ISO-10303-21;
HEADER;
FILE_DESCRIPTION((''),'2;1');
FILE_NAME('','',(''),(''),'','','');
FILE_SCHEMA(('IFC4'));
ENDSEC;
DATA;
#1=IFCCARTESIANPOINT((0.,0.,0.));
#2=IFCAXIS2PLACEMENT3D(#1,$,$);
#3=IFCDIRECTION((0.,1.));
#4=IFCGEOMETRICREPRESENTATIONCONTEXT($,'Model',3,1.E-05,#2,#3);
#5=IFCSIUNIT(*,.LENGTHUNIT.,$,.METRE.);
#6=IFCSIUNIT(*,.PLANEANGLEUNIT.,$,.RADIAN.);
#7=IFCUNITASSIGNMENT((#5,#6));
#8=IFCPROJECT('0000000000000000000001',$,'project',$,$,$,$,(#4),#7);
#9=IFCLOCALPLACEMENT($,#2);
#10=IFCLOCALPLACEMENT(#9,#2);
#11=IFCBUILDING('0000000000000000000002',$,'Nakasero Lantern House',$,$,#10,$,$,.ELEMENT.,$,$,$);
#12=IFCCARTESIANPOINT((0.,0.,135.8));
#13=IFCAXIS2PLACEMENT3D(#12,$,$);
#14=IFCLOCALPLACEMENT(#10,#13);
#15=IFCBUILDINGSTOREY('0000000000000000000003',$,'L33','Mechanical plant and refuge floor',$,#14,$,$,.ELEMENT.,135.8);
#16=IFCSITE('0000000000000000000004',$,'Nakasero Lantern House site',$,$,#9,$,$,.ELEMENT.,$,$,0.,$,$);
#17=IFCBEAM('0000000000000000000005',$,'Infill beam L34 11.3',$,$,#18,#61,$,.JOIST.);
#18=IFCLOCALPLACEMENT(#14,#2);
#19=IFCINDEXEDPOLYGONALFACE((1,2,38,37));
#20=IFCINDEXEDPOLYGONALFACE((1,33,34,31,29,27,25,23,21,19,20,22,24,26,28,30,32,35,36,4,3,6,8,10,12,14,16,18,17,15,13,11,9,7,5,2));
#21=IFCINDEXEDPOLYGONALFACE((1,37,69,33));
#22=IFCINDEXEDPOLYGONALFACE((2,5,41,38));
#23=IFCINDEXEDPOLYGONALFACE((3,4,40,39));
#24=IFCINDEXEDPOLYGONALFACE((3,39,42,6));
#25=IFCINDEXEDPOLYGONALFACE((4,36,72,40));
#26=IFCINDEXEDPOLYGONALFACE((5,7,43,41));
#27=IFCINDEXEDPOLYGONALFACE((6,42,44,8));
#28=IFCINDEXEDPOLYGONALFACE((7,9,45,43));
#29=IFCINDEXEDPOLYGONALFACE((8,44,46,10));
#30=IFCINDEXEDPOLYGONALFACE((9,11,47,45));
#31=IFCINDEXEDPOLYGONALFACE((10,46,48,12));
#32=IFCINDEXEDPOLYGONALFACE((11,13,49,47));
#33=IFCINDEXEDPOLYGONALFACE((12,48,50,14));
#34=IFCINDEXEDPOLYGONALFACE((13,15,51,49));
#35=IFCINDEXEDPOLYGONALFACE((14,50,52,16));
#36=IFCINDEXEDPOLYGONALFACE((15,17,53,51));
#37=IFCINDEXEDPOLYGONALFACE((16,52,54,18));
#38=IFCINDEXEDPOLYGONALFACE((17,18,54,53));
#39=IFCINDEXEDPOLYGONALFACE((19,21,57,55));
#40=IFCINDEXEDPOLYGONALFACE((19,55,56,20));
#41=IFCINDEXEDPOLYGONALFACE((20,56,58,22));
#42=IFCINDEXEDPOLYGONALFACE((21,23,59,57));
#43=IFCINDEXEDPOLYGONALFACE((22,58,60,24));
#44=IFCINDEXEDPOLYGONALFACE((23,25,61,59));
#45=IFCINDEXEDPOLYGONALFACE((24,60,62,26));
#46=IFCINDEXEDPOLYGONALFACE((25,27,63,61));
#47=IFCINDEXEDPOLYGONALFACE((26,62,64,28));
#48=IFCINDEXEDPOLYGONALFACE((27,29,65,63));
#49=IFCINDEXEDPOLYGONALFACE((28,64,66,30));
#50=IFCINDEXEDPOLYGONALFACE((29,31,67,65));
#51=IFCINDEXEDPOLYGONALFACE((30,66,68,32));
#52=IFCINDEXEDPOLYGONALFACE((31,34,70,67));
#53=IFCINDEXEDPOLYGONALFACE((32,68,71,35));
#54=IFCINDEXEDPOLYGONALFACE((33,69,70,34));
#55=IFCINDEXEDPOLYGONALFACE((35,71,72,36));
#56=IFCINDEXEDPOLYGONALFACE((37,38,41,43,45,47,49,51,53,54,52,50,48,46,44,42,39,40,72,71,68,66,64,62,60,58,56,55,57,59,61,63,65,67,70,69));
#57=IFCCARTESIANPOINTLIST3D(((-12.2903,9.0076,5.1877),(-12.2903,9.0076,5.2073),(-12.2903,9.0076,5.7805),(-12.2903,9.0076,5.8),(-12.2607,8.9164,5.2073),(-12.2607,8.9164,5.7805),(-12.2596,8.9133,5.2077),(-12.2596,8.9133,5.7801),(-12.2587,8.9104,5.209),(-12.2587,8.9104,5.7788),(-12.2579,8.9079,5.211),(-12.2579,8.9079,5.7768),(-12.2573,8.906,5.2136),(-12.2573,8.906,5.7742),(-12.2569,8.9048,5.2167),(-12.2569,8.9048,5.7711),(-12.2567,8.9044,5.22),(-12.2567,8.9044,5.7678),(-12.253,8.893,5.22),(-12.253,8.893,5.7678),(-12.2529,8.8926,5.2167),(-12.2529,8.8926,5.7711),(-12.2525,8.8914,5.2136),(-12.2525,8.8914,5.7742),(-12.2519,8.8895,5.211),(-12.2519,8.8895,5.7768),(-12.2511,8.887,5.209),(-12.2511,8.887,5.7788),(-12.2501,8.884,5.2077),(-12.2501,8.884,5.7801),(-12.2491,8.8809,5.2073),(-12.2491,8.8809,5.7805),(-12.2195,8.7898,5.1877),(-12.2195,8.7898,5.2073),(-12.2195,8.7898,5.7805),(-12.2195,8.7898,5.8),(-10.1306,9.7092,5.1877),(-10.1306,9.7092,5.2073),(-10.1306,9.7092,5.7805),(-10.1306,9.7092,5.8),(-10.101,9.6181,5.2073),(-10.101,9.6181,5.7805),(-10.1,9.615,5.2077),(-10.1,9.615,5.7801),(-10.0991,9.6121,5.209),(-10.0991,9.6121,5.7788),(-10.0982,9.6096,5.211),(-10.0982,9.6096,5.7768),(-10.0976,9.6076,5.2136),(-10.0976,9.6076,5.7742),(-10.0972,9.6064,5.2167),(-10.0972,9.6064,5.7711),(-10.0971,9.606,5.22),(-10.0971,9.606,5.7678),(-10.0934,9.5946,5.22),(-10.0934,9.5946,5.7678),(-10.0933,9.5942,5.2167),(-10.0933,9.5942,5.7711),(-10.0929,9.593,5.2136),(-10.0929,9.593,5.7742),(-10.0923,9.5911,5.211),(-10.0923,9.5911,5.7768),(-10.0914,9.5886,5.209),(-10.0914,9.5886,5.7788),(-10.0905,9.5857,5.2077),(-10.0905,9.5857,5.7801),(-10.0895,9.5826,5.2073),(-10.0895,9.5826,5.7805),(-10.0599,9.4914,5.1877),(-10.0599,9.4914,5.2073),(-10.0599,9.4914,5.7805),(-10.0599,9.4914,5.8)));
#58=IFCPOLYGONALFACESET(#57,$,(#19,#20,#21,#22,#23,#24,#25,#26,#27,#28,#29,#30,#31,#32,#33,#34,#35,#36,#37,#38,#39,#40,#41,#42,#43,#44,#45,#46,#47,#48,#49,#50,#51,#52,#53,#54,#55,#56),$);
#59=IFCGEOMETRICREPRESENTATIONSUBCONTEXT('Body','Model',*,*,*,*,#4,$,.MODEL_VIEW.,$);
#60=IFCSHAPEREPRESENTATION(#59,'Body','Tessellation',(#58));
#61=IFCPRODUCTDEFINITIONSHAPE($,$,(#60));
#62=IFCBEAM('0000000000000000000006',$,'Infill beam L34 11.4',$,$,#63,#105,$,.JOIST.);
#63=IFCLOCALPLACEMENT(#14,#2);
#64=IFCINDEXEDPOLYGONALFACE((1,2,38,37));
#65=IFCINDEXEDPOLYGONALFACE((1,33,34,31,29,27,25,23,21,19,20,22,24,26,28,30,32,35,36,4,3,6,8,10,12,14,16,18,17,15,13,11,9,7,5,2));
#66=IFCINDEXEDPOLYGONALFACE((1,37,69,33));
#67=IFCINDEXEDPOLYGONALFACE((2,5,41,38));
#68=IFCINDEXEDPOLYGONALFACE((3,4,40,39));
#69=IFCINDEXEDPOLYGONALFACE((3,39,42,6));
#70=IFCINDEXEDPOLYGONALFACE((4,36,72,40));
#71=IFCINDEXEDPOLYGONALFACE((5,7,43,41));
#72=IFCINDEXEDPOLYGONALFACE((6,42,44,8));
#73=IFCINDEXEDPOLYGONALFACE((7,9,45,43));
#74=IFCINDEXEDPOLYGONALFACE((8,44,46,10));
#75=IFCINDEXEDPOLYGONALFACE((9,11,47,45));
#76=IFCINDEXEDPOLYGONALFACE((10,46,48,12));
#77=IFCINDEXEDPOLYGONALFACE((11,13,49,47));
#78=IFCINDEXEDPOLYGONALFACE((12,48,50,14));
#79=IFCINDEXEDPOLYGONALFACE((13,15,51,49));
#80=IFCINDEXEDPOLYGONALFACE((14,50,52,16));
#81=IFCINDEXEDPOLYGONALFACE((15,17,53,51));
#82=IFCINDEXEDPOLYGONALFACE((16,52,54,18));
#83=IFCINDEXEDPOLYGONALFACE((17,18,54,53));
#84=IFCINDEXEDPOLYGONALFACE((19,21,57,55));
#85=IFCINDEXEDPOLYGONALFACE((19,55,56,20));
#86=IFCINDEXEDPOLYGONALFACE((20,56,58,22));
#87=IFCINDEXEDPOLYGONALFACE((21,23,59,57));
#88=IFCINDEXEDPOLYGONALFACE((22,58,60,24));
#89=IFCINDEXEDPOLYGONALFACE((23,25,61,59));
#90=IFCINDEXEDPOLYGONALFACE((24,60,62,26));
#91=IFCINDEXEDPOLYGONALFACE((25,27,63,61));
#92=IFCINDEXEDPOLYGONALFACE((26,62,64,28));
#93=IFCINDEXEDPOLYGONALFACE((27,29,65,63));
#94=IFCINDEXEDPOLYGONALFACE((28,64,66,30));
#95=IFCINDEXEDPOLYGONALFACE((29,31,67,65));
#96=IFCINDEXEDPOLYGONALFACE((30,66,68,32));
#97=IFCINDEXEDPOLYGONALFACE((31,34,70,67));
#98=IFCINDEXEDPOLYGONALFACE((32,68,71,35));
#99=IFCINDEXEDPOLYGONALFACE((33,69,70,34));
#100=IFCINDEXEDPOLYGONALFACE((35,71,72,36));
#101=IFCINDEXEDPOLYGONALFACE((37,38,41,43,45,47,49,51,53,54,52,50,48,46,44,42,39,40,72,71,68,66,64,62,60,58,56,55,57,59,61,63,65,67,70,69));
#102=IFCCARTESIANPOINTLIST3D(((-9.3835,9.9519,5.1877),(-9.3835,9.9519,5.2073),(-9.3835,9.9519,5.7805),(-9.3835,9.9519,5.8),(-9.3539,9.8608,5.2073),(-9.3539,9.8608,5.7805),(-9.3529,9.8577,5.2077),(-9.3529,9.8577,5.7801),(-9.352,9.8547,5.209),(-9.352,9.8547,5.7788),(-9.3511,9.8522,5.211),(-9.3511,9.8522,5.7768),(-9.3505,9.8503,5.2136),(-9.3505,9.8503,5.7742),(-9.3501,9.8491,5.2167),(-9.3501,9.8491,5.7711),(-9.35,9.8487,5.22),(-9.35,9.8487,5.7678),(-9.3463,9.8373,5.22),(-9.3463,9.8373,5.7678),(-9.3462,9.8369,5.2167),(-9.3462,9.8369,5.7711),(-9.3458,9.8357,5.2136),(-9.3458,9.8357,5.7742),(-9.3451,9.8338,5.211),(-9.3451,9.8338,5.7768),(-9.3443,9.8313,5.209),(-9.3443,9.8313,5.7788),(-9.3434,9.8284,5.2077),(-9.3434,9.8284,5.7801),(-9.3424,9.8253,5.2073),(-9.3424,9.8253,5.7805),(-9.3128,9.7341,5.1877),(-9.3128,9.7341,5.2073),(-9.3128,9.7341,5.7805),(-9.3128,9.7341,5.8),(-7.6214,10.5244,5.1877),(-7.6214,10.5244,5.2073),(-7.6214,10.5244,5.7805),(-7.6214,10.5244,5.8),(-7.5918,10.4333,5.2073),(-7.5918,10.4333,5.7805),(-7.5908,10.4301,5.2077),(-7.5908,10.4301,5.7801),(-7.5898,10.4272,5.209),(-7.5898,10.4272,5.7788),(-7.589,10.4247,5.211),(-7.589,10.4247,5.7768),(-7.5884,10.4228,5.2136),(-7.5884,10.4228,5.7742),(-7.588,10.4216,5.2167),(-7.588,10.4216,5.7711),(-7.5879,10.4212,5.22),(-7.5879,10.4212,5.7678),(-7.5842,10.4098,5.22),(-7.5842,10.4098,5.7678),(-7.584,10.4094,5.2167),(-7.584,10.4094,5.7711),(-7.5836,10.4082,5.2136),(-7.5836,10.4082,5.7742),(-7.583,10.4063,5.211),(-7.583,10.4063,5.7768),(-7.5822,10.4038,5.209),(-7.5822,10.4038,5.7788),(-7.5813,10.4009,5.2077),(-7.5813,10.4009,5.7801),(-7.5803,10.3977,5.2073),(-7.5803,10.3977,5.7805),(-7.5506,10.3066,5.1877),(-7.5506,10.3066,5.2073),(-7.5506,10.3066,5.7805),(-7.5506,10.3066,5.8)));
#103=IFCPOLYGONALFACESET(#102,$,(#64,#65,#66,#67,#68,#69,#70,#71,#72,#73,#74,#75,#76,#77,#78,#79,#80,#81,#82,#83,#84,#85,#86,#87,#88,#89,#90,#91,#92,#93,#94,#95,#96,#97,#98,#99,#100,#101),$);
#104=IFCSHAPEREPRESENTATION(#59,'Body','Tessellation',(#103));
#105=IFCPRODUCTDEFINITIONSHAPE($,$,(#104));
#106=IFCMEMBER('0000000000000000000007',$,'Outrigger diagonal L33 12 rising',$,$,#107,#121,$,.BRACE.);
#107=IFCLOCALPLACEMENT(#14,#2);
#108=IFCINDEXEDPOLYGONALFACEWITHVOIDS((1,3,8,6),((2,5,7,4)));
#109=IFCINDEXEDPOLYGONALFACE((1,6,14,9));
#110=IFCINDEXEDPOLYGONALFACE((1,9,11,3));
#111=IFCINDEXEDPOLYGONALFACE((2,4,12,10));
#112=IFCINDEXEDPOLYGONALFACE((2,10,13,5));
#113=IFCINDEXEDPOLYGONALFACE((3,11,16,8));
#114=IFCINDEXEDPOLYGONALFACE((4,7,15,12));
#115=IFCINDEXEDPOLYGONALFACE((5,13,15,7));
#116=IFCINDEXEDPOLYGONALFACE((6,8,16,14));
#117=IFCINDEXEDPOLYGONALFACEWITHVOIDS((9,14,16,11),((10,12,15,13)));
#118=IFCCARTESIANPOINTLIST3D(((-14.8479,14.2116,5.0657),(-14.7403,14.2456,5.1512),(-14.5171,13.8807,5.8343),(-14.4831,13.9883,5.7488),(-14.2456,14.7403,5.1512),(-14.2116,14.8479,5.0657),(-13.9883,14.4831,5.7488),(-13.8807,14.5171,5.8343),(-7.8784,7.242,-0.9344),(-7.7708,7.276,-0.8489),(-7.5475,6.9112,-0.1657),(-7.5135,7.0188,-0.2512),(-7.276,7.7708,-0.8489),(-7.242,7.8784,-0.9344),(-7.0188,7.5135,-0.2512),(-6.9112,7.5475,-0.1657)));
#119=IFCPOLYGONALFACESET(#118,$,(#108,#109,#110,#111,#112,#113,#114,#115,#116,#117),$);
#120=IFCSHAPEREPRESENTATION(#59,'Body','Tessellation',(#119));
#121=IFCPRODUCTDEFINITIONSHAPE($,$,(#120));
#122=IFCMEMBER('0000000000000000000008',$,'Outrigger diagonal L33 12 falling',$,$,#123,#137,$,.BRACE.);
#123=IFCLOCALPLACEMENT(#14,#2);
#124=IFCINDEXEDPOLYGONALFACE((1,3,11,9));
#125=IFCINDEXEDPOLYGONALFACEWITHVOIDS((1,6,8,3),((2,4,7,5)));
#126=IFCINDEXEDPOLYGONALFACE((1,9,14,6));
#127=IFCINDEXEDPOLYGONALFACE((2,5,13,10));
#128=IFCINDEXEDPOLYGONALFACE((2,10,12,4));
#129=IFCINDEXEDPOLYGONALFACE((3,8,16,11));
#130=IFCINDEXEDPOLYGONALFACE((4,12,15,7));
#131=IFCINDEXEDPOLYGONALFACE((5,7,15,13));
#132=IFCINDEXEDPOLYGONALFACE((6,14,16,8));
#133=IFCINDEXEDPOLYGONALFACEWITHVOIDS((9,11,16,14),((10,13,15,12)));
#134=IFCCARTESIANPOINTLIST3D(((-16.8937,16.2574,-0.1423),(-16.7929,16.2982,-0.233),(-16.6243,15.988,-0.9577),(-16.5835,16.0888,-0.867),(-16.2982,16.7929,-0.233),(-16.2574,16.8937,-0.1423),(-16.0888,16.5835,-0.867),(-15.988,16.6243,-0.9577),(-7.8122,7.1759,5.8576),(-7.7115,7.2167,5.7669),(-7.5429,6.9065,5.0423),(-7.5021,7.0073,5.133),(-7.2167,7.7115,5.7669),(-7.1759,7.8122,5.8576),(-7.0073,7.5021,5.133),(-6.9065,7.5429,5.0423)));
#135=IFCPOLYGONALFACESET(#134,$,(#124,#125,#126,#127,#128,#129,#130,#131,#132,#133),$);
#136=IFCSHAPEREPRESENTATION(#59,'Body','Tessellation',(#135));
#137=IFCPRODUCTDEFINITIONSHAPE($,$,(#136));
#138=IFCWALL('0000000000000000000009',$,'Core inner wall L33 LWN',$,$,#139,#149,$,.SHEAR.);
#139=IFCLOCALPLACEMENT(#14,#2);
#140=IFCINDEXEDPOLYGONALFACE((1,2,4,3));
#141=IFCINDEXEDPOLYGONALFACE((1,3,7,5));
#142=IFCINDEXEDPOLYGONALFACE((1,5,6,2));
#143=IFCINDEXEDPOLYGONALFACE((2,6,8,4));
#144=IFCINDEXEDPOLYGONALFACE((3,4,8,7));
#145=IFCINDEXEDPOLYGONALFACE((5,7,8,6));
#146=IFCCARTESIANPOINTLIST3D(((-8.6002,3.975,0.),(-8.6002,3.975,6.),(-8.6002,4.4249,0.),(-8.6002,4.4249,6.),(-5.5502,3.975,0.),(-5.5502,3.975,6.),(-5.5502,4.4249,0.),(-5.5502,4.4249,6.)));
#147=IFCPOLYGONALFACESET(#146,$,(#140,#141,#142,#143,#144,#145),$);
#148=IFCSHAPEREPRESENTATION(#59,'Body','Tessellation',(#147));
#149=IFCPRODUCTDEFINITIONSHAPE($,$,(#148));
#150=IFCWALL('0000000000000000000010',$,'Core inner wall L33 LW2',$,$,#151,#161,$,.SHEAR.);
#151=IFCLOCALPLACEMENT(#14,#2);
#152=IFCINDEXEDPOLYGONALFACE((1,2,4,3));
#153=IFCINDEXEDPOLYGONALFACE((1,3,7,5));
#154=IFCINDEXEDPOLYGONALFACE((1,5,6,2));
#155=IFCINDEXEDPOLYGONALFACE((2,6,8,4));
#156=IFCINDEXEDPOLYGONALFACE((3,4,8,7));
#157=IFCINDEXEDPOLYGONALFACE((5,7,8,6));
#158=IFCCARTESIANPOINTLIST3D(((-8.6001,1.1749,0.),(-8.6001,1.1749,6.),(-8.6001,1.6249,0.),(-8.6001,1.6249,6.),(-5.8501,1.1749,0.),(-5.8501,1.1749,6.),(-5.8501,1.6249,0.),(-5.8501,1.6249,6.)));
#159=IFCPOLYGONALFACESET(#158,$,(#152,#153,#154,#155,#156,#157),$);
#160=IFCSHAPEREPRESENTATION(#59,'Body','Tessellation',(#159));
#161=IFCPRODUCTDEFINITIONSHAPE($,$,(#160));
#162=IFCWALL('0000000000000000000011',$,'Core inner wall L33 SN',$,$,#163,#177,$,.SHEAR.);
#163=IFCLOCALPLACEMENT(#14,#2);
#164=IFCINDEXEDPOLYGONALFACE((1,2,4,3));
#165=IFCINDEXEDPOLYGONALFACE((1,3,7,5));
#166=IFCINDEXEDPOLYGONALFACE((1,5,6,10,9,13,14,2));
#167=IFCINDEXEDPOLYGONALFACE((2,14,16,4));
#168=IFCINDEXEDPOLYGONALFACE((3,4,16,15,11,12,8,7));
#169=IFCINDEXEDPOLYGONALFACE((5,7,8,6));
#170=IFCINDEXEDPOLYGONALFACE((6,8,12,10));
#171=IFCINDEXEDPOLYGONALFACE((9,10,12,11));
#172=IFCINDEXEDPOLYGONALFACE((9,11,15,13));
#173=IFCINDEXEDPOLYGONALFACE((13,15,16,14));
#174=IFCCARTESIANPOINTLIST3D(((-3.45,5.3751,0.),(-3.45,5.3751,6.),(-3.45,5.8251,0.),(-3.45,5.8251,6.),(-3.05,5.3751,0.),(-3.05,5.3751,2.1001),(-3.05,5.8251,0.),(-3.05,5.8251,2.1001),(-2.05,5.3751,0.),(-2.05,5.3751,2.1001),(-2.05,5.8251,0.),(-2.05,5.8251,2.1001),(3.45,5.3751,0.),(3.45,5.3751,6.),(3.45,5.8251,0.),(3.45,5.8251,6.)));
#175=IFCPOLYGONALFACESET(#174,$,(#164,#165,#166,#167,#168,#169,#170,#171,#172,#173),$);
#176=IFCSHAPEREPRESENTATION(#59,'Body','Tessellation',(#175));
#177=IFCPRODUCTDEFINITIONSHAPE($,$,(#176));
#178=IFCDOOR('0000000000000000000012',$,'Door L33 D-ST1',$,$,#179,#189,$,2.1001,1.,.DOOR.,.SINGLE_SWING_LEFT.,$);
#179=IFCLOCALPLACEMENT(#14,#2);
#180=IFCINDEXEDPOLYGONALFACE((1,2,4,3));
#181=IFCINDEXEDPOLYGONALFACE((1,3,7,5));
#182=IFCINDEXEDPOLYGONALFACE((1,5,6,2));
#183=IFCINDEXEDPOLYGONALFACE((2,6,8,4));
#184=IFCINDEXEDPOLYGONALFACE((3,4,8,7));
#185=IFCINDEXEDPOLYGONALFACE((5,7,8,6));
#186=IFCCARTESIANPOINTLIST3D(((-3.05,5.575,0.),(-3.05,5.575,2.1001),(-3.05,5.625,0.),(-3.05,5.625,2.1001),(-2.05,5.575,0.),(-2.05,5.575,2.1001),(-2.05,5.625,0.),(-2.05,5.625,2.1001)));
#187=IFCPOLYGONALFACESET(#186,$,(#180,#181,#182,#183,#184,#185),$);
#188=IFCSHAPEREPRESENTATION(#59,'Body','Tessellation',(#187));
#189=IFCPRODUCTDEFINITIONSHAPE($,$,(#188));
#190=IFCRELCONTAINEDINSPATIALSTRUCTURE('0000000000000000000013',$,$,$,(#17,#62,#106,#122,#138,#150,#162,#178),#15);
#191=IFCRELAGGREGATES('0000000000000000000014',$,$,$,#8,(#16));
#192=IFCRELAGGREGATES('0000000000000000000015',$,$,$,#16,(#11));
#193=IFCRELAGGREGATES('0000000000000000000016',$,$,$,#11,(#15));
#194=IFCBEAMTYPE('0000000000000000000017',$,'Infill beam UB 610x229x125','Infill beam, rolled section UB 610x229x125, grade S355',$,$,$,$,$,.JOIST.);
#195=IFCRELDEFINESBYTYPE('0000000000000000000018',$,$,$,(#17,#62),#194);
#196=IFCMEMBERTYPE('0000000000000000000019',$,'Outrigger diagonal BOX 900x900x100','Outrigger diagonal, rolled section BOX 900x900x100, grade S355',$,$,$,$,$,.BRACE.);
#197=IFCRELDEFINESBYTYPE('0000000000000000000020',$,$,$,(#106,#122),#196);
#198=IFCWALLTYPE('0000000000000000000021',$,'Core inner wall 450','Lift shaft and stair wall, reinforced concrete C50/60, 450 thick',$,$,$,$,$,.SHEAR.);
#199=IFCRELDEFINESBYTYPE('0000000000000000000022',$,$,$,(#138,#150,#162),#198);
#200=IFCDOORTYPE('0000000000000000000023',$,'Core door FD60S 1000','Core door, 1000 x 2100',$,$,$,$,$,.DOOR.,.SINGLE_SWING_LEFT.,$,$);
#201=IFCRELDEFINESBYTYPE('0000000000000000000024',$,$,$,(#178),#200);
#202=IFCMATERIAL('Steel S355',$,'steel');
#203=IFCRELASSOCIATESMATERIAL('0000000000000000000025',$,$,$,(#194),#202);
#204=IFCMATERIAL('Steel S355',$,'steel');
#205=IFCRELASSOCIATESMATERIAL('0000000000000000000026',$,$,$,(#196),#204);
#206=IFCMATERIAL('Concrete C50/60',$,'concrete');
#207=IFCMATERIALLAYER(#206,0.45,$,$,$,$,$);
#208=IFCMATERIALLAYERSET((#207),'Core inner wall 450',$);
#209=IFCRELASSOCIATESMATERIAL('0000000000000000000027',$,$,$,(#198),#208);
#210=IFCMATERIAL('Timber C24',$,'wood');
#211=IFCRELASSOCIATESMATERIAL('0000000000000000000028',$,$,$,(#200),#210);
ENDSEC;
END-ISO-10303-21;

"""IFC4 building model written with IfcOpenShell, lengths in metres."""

from ifc_helpers import new_model, si_unit, direction, frame, frame_2d, origin, origin_2d, place, context, subcontext, project, spatial, rectangle, hollow_rectangle, i_section, extrude, material, layer, layer_set, material_profile, profile_set, type_object, element, fill, save


model = new_model("IFC4")

# Units and contexts
model_context = context("Model", 3, precision=1e-05, world=origin(), true_north=direction((0.0, 1.0)))
body_context = subcontext(model_context, "Body", "Model", "MODEL_VIEW")
ifc_project = project(units=[si_unit("LENGTHUNIT", "METRE"), si_unit("PLANEANGLEUNIT", "RADIAN")], contexts=[model_context])

# Site, building, storey
site_placement = place(None, origin())
site = spatial("IfcSite", under=ifc_project, at=site_placement, Name="Nakasero Lantern House site", CompositionType="ELEMENT", RefElevation=0.0)
building_placement = place(site_placement, origin())
building = spatial("IfcBuilding", under=site, at=building_placement, Name="Nakasero Lantern House", CompositionType="ELEMENT")
storey_placement = place(building_placement, frame((0.0, 0.0, 135.8)))
storey = spatial("IfcBuildingStorey", under=building, at=storey_placement, Name="L33", Description="Mechanical plant and refuge floor", CompositionType="ELEMENT", Elevation=135.8)

# Beams
ifc_material_1 = material(Name="Steel S355", Category="steel")
ifc_material_profile_1 = material_profile(ifc_material_1, i_section(OverallWidth=0.229, OverallDepth=0.6123, WebThickness=0.012, FlangeThickness=0.0195, FilletRadius=0.0127, at=origin_2d()), Name="UB 610x229x125")
ifc_profile_set_1 = profile_set([ifc_material_profile_1], Name="Steel S355")
beam_type = type_object("IfcBeamType", Name="Infill beam UB 610x229x125", Description="Infill beam, rolled section UB 610x229x125, grade S355", PredefinedType="JOIST", material=ifc_profile_set_1)
beam_1_placement = place(storey_placement, frame((-12.2549, 8.8987, 5.4939), z_axis=(0.951064, 0.308994, 0.0), x_axis=(-0.308994, 0.951064, 0.0)))
element("IfcBeam", 1, at=beam_1_placement, inside=storey, type_object=beam_type, Name="Infill beam L34 11.3", PredefinedType="JOIST", context=body_context, shape_type="SweptSolid", body=[
    extrude(i_section(OverallWidth=0.229, OverallDepth=0.6123, WebThickness=0.012, FlangeThickness=0.0195, FilletRadius=0.0127, at=origin_2d()), origin(), (0.0, 0.0, 1.0), 2.2708),
])
beam_2_placement = place(storey_placement, frame((-9.3481, 9.843, 5.4939), z_axis=(0.951067, 0.308985, 0.0), x_axis=(-0.308985, 0.951067, 0.0)))
element("IfcBeam", 2, at=beam_2_placement, inside=storey, type_object=beam_type, Name="Infill beam L34 11.4", PredefinedType="JOIST", context=body_context, shape_type="SweptSolid", body=[
    extrude(i_section(OverallWidth=0.229, OverallDepth=0.6123, WebThickness=0.012, FlangeThickness=0.0195, FilletRadius=0.0127, at=origin_2d()), origin(), (0.0, 0.0, 1.0), 1.8528),
])

# Members
ifc_material_2 = material(Name="Steel S355", Category="steel")
ifc_material_profile_2 = material_profile(ifc_material_2, hollow_rectangle(XDim=0.8999, YDim=0.8999, WallThickness=0.1001, at=origin_2d()), Name="BOX 900x900x100")
ifc_profile_set_2 = profile_set([ifc_material_profile_2], Name="Steel S355")
member_type = type_object("IfcMemberType", Name="Outrigger diagonal BOX 900x900x100", Description="Outrigger diagonal, rolled section BOX 900x900x100, grade S355", PredefinedType="BRACE", material=ifc_profile_set_2)
member_1_placement = place(storey_placement, frame((-7.3948, 7.3948, -0.55), z_axis=(-0.603996, 0.603996, 0.519978), x_axis=(-0.707107, -0.707107, 0.0)))
element("IfcMember", 3, at=member_1_placement, inside=storey, type_object=member_type, Name="Outrigger diagonal L33 12 rising", PredefinedType="BRACE", context=body_context, shape_type="SweptSolid", body=[
    extrude(hollow_rectangle(XDim=0.8999, YDim=0.8999, WallThickness=0.1001, at=origin_2d()), origin(), (0.0, 0.0, 1.0), 11.5391),
])
member_2_placement = place(storey_placement, frame((-7.3594, 7.3594, 5.45), z_axis=(-0.640644, 0.640644, -0.423261), x_axis=(-0.707107, -0.707107, 0.0)))
element("IfcMember", 4, at=member_2_placement, inside=storey, type_object=member_type, Name="Outrigger diagonal L33 12 falling", PredefinedType="BRACE", context=body_context, shape_type="SweptSolid", body=[
    extrude(hollow_rectangle(XDim=0.8999, YDim=0.8999, WallThickness=0.1001, at=origin_2d()), origin(), (0.0, 0.0, 1.0), 14.1755),
])

# Walls
ifc_material_3 = material(Name="Concrete C50/60", Category="concrete")
ifc_layer_1 = layer(ifc_material_3, 0.45)
ifc_layer_set_1 = layer_set([ifc_layer_1], Name="Core inner wall 450")
wall_type_1 = type_object("IfcWallType", Name="Core inner wall 450", Description="Lift shaft and stair wall, reinforced concrete C50/60, 450 thick", PredefinedType="SHEAR", material=ifc_layer_set_1)
wall_1_placement = place(storey_placement, frame((-8.6001, 4.2, 0.0), z_axis=(0.0, 0.0, 1.0), x_axis=(1.0, 0.0, 0.0)))
element("IfcWall", 5, at=wall_1_placement, inside=storey, type_object=wall_type_1, Name="Core inner wall L33 LWN", PredefinedType="SHEAR", context=body_context, shape_type="SweptSolid", body=[
    extrude(rectangle(XDim=3.05, YDim=0.45, at=frame_2d((1.5249, 0.0))), origin(), (0.0, 0.0, 1.0), 6.0),
])
wall_2_placement = place(storey_placement, frame((-8.6001, 1.3999, 0.0), z_axis=(0.0, 0.0, 1.0), x_axis=(1.0, 0.0, 0.0)))
element("IfcWall", 6, at=wall_2_placement, inside=storey, type_object=wall_type_1, Name="Core inner wall L33 LW2", PredefinedType="SHEAR", context=body_context, shape_type="SweptSolid", body=[
    extrude(rectangle(XDim=2.75, YDim=0.45, at=frame_2d((1.375, 0.0))), origin(), (0.0, 0.0, 1.0), 6.0),
])

# Wall, opening, door
wall_3_placement = place(storey_placement, frame((-3.45, 5.6001, 0.0), z_axis=(0.0, 0.0, 1.0), x_axis=(1.0, 0.0, 0.0)))
wall_3 = element("IfcWall", 7, at=wall_3_placement, inside=storey, type_object=wall_type_1, Name="Core inner wall L33 SN", PredefinedType="SHEAR", context=body_context, shape_type="SweptSolid", body=[
    extrude(rectangle(XDim=6.8999, YDim=0.45, at=frame_2d((3.45, 0.0))), origin(), (0.0, 0.0, 1.0), 6.0),
])
opening_1_placement = place(wall_3_placement, frame((0.3999, 0.0, 0.0)))
opening_1 = element("IfcOpeningElement", 8, at=opening_1_placement, cuts=wall_3, PredefinedType="OPENING", context=body_context, shape_type="SweptSolid", body=[
    extrude(rectangle(XDim=1.0, YDim=2.1001, at=frame_2d((0.5, 1.05))), frame((0.0, 0.2449, 0.0), z_axis=(0.0, -1.0, 0.0), x_axis=(1.0, 0.0, 0.0)), (0.0, 0.0, 1.0), 0.49),
])
ifc_material_4 = material(Name="Timber C24", Category="wood")
door_type_1 = type_object("IfcDoorType", Name="Core door FD60S 1000", Description="Core door, 1000 x 2100", OperationType="SINGLE_SWING_LEFT", PredefinedType="DOOR", material=ifc_material_4)
door_1_placement = place(opening_1_placement, origin())
door_1 = element("IfcDoor", 9, at=door_1_placement, inside=storey, type_object=door_type_1, Name="Door L33 D-ST1", OperationType="SINGLE_SWING_LEFT", OverallHeight=2.1001, OverallWidth=1.0, PredefinedType="DOOR", context=body_context, shape_type="SweptSolid", body=[
    extrude(rectangle(XDim=1.0, YDim=2.1001, at=frame_2d((0.5, 1.05))), frame((0.0, 0.0249, 0.0), z_axis=(0.0, -1.0, 0.0), x_axis=(1.0, 0.0, 0.0)), (0.0, 0.0, 1.0), 0.05),
])
fill(opening_1, door_1)

save(model, "model.ifc")
